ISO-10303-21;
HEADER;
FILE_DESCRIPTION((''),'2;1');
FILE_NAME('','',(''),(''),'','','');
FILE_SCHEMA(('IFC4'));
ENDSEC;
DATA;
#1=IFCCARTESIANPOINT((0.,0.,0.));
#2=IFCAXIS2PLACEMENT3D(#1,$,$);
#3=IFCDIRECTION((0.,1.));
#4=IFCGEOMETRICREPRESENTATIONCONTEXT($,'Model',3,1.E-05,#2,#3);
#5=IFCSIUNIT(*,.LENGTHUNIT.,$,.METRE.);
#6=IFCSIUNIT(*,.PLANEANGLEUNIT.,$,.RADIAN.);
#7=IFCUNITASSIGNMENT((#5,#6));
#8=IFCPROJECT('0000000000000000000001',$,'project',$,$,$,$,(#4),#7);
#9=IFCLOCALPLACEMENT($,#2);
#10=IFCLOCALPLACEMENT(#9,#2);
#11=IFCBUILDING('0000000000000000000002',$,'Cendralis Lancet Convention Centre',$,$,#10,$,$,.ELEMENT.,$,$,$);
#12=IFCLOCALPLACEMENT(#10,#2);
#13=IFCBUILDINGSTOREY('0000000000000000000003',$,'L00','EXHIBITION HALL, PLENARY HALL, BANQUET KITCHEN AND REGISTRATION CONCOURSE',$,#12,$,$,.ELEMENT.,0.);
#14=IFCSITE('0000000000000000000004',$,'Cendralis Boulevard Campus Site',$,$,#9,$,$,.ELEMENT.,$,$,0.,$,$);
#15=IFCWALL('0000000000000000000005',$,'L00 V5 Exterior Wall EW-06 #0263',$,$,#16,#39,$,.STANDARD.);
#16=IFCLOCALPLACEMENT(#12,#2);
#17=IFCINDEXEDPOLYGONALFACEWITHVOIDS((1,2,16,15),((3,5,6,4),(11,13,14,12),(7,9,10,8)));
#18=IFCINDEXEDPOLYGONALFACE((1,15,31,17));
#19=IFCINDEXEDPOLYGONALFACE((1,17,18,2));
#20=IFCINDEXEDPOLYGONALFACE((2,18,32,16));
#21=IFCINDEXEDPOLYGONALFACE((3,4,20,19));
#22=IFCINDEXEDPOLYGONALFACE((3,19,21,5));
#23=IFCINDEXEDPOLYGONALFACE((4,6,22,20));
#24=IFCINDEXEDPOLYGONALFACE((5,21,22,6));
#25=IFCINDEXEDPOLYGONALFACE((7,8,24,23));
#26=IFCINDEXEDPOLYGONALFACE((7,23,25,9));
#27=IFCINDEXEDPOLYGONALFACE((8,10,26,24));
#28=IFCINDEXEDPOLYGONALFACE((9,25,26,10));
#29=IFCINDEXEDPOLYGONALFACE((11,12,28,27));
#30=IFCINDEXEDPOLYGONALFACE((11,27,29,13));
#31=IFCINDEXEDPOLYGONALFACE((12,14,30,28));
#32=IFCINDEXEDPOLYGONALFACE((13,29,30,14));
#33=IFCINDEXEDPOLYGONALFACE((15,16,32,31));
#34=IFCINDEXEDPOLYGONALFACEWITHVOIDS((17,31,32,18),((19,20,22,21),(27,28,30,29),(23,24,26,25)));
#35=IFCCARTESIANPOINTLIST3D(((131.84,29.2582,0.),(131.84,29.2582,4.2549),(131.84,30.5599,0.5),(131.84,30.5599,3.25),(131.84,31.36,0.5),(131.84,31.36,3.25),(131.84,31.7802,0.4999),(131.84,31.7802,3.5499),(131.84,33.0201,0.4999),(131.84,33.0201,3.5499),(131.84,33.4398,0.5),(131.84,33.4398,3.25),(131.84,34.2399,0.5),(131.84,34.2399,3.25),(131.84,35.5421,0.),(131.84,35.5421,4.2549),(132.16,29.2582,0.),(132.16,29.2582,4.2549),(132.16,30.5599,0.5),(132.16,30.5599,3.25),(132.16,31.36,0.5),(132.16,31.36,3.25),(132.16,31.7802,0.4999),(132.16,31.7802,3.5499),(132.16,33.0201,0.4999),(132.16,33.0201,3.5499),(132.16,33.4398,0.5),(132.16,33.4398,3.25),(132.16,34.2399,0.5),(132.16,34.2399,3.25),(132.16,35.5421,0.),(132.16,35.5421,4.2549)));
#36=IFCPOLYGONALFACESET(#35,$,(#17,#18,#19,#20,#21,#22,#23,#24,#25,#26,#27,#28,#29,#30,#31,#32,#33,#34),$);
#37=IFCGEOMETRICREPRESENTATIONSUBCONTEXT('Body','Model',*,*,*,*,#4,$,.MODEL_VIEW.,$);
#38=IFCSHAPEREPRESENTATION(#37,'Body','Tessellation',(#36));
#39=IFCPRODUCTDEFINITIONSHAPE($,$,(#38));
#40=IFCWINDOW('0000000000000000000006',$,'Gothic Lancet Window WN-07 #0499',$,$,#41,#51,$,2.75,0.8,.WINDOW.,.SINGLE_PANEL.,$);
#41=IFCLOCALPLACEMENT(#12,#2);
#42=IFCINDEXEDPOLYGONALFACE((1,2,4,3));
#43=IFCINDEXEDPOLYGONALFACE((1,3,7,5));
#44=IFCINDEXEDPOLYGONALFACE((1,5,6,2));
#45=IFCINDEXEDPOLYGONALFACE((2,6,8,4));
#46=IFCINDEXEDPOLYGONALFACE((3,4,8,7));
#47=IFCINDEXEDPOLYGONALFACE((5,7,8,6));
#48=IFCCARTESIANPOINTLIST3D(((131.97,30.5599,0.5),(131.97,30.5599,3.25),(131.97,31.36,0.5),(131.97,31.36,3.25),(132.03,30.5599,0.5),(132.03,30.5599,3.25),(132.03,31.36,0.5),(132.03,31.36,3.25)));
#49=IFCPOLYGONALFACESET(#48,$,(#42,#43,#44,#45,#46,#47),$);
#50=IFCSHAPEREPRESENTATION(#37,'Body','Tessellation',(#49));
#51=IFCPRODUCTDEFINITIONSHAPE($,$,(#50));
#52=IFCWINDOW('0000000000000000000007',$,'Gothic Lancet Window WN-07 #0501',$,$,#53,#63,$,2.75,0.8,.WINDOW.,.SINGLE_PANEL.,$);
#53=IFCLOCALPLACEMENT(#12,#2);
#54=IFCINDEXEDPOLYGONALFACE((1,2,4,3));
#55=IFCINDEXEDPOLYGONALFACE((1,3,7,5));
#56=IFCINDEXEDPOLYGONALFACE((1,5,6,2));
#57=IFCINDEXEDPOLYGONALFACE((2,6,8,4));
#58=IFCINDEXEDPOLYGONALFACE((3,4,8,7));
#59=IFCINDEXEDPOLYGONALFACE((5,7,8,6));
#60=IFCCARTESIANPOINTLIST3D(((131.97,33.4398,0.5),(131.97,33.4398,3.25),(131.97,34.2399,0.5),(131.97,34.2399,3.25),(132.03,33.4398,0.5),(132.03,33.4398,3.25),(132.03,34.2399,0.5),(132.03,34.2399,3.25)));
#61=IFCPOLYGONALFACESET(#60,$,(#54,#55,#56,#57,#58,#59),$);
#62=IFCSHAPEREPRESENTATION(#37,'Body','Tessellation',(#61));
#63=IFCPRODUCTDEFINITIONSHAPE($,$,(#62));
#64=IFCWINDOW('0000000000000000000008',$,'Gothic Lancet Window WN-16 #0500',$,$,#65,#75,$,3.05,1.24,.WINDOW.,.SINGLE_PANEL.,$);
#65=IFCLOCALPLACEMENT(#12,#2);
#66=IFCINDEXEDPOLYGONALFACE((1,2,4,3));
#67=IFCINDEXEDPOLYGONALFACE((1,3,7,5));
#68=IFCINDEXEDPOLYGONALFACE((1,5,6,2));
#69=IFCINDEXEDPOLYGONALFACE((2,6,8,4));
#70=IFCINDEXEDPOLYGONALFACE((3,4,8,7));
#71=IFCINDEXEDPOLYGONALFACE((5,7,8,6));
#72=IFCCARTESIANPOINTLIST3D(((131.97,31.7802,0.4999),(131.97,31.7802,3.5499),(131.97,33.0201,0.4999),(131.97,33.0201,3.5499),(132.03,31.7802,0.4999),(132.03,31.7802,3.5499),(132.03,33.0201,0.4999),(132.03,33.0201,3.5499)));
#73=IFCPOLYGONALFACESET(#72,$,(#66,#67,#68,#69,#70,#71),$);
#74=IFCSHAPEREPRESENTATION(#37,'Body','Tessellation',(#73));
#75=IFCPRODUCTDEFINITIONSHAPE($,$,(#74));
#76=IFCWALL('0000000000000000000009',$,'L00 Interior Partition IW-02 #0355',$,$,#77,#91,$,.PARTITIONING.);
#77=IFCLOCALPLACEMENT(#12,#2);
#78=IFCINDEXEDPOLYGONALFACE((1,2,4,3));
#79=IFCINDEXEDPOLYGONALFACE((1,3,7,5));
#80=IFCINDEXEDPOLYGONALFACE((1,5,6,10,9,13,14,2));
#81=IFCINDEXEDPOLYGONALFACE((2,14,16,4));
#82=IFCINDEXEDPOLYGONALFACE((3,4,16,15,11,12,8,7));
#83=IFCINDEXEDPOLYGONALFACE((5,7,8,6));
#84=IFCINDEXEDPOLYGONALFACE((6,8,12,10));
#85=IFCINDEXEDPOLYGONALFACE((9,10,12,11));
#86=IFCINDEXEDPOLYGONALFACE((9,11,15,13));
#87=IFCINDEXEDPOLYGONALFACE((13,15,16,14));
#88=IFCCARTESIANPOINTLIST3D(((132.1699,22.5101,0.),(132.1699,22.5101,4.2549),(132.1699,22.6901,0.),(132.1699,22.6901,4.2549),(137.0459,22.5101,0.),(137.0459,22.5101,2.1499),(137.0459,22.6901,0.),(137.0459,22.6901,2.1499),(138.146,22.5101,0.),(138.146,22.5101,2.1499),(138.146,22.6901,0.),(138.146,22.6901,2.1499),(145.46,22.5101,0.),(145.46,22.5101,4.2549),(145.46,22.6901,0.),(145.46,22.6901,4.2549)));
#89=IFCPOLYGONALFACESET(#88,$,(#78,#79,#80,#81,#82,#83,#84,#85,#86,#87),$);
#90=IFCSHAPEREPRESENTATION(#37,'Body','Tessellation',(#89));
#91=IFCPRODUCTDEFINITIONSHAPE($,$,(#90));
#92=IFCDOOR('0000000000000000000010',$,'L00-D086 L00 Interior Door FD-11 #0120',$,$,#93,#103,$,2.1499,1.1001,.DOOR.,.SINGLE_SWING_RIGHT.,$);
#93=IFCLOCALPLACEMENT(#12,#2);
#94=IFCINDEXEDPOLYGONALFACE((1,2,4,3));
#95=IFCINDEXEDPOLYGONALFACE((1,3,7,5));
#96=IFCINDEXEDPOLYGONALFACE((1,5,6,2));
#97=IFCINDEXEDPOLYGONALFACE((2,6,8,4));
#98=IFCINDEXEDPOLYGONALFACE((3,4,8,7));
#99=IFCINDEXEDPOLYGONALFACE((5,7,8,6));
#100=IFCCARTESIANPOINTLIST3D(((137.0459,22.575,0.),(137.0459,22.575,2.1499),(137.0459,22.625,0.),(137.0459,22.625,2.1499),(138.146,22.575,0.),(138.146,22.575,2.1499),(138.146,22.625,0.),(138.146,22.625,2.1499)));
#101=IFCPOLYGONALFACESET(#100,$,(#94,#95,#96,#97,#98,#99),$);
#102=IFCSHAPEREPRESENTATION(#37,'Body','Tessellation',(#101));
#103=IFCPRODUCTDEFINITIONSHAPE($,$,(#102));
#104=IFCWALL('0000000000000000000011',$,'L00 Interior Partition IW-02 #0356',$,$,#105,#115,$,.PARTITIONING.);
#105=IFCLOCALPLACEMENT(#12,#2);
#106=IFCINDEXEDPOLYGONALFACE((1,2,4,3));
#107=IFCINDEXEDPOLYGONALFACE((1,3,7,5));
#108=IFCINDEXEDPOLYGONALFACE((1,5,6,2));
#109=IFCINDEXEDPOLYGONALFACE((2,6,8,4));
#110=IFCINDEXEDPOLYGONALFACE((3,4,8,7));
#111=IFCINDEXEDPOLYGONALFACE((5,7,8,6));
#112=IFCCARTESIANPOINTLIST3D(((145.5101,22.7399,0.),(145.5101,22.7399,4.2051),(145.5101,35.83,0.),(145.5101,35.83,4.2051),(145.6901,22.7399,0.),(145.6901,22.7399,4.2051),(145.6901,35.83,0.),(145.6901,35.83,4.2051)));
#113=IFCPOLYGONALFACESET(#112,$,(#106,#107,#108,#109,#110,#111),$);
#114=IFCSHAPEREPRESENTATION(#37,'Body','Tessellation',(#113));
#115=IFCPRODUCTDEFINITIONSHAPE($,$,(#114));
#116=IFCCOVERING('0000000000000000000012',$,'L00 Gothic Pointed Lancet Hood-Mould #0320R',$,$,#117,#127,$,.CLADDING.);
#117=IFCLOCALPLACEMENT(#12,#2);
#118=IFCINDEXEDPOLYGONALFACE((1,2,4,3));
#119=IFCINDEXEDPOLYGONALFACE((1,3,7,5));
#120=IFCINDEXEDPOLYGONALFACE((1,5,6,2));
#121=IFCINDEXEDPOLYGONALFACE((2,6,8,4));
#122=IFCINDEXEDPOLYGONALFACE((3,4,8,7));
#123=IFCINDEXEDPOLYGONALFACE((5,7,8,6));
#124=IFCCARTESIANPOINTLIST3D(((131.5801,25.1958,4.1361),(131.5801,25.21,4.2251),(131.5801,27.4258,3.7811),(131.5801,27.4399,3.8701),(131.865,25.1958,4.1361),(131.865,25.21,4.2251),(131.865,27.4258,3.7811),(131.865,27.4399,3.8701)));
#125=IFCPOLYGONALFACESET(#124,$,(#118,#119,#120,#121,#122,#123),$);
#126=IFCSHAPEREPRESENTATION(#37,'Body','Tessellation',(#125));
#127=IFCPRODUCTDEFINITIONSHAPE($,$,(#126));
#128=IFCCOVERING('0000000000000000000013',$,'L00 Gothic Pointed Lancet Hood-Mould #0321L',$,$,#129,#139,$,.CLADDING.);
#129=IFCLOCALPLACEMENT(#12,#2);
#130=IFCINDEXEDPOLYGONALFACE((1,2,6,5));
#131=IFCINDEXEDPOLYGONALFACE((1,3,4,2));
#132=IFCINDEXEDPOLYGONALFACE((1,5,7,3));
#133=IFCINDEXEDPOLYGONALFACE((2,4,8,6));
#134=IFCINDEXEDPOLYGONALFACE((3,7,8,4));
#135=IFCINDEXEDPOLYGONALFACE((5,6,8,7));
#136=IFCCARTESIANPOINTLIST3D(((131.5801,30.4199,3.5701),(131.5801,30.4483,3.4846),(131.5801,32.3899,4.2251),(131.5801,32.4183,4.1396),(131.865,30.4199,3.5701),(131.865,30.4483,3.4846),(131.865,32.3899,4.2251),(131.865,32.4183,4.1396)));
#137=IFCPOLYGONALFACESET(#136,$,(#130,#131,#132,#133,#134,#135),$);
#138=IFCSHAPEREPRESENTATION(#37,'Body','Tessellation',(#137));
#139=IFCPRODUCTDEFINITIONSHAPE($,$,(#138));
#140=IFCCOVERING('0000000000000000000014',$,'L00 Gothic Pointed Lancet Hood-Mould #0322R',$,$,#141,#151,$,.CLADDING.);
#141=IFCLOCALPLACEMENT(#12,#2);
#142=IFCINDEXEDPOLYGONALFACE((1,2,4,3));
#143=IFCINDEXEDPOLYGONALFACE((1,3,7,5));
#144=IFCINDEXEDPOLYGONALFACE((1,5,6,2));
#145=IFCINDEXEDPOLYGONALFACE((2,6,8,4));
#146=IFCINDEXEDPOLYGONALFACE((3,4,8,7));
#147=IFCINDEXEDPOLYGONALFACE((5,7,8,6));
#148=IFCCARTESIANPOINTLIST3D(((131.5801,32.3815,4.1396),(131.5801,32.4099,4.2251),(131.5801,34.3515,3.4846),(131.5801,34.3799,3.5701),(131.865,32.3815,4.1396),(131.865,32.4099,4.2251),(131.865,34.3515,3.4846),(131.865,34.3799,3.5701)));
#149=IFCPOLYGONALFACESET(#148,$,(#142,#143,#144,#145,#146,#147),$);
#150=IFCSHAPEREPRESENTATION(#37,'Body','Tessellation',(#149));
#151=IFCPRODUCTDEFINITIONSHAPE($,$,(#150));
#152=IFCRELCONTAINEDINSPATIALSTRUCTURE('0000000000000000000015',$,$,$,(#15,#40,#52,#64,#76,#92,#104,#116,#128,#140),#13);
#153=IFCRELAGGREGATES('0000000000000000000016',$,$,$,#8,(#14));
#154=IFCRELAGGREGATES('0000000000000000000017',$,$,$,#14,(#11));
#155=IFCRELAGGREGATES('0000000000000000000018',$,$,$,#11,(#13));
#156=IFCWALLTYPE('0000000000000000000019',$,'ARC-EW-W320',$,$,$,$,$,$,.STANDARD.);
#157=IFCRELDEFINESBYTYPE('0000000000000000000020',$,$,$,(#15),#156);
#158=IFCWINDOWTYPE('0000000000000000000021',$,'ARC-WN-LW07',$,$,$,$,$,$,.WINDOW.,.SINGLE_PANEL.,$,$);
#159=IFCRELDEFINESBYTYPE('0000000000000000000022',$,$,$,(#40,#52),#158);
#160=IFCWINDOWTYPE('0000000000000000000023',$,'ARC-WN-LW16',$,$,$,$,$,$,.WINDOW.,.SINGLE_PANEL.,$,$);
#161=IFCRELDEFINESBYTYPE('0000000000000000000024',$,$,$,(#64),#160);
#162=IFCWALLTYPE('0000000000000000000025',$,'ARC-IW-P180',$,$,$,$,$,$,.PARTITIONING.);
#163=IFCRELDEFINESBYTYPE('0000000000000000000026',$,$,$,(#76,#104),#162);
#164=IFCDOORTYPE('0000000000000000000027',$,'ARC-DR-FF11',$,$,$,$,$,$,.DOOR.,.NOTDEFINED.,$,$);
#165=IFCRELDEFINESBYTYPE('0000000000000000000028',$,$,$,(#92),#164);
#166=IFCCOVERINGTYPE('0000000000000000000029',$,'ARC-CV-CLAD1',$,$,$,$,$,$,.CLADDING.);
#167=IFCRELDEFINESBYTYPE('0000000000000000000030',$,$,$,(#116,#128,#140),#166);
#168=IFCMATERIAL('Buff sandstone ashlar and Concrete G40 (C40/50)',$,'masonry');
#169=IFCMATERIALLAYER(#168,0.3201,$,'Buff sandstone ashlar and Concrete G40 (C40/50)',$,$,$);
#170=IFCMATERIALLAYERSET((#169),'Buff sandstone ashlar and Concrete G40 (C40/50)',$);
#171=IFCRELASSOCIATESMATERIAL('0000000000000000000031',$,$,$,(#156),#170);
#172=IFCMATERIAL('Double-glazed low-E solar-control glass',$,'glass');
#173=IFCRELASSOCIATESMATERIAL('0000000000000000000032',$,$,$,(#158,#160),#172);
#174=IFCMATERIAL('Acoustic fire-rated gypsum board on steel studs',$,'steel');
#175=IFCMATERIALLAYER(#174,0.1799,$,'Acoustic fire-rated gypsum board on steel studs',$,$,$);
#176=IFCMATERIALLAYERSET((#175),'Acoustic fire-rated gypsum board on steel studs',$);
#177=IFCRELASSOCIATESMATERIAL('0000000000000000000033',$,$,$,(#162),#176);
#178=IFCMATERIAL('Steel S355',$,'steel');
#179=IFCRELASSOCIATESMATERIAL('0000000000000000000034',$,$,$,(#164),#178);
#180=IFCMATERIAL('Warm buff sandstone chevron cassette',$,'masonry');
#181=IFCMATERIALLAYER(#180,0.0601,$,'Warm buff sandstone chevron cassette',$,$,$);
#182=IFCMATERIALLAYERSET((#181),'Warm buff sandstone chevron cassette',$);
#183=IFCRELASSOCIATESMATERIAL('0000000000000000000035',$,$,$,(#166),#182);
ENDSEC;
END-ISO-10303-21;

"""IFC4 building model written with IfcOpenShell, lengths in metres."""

from ifc_helpers import new_model, si_unit, direction, frame, frame_2d, origin, place, context, subcontext, project, spatial, polyline, rectangle, outline, extrude, material, layer, layer_set, type_object, element, fill, save


model = new_model("IFC4")

# Units and contexts
model_context = context("Model", 3, precision=1e-05, world=origin(), true_north=direction((0.0, 1.0)))
body_context = subcontext(model_context, "Body", "Model", "MODEL_VIEW")
ifc_project = project(units=[si_unit("LENGTHUNIT", "METRE"), si_unit("PLANEANGLEUNIT", "RADIAN")], contexts=[model_context])

# Site, building, storey
site_placement = place(None, origin())
site = spatial("IfcSite", under=ifc_project, at=site_placement, Name="Cendralis Boulevard Campus Site", CompositionType="ELEMENT", RefElevation=0.0)
building_placement = place(site_placement, origin())
building = spatial("IfcBuilding", under=site, at=building_placement, Name="Cendralis Lancet Convention Centre", CompositionType="ELEMENT")
storey_placement = place(building_placement, origin())
storey = spatial("IfcBuildingStorey", under=building, at=storey_placement, Name="L00", Description="EXHIBITION HALL, PLENARY HALL, BANQUET KITCHEN AND REGISTRATION CONCOURSE", CompositionType="ELEMENT", Elevation=0.0)

# Wall, openings, windows
ifc_material_1 = material(Name="Buff sandstone ashlar and Concrete G40 (C40/50)", Category="masonry")
ifc_layer_1 = layer(ifc_material_1, 0.3201, Name="Buff sandstone ashlar and Concrete G40 (C40/50)")
ifc_layer_set_1 = layer_set([ifc_layer_1], Name="Buff sandstone ashlar and Concrete G40 (C40/50)")
wall_type_1 = type_object("IfcWallType", Name="ARC-EW-W320", PredefinedType="STANDARD", material=ifc_layer_set_1)
wall_1_placement = place(storey_placement, frame((132.0, 29.2581, 0.0), z_axis=(0.0, 0.0, 1.0), x_axis=(0.0, 1.0, 0.0)))
wall_1 = element("IfcWall", 1, at=wall_1_placement, inside=storey, type_object=wall_type_1, Name="L00 V5 Exterior Wall EW-06 #0263", PredefinedType="STANDARD", context=body_context, shape_type="SweptSolid", body=[
    extrude(rectangle(XDim=6.2839, YDim=0.3201, at=frame_2d((3.1421, 0.0))), origin(), (0.0, 0.0, 1.0), 4.2549),
])
opening_1_placement = place(wall_1_placement, frame((1.302, 0.0, 0.5)))
opening_1 = element("IfcOpeningElement", 2, at=opening_1_placement, cuts=wall_1, PredefinedType="OPENING", context=body_context, shape_type="SweptSolid", body=[
    extrude(rectangle(XDim=0.8, YDim=2.75, at=frame_2d((0.3999, 1.375))), frame((0.0, 0.1699, 0.0), z_axis=(0.0, -1.0, 0.0), x_axis=(1.0, 0.0, 0.0)), (0.0, 0.0, 1.0), 0.3401),
])
opening_2_placement = place(wall_1_placement, frame((2.522, 0.0, 0.5)))
opening_2 = element("IfcOpeningElement", 3, at=opening_2_placement, cuts=wall_1, PredefinedType="OPENING", context=body_context, shape_type="SweptSolid", body=[
    extrude(rectangle(XDim=1.24, YDim=3.05, at=frame_2d((0.6201, 1.5249))), frame((0.0, 0.1699, 0.0), z_axis=(0.0, -1.0, 0.0), x_axis=(1.0, 0.0, 0.0)), (0.0, 0.0, 1.0), 0.3401),
])
opening_3_placement = place(wall_1_placement, frame((4.1819, 0.0, 0.5)))
opening_3 = element("IfcOpeningElement", 4, at=opening_3_placement, cuts=wall_1, PredefinedType="OPENING", context=body_context, shape_type="SweptSolid", body=[
    extrude(rectangle(XDim=0.8, YDim=2.75, at=frame_2d((0.3999, 1.375))), frame((0.0, 0.1699, 0.0), z_axis=(0.0, -1.0, 0.0), x_axis=(1.0, 0.0, 0.0)), (0.0, 0.0, 1.0), 0.3401),
])
ifc_material_2 = material(Name="Double-glazed low-E solar-control glass", Category="glass")
window_type_1 = type_object("IfcWindowType", Name="ARC-WN-LW07", PartitioningType="SINGLE_PANEL", PredefinedType="WINDOW", material=ifc_material_2)
window_1_placement = place(opening_1_placement, origin())
window_1 = element("IfcWindow", 5, at=window_1_placement, inside=storey, type_object=window_type_1, Name="Gothic Lancet Window WN-07 #0499", OverallHeight=2.75, OverallWidth=0.8, PartitioningType="SINGLE_PANEL", PredefinedType="WINDOW", context=body_context, shape_type="SweptSolid", body=[
    extrude(rectangle(XDim=0.8, YDim=2.75, at=frame_2d((0.3999, 1.375))), frame((0.0, 0.03, 0.0), z_axis=(0.0, -1.0, 0.0), x_axis=(1.0, 0.0, 0.0)), (0.0, 0.0, 1.0), 0.0601),
])
fill(opening_1, window_1)
window_2_placement = place(opening_3_placement, origin())
window_2 = element("IfcWindow", 6, at=window_2_placement, inside=storey, type_object=window_type_1, Name="Gothic Lancet Window WN-07 #0501", OverallHeight=2.75, OverallWidth=0.8, PartitioningType="SINGLE_PANEL", PredefinedType="WINDOW", context=body_context, shape_type="SweptSolid", body=[
    extrude(rectangle(XDim=0.8, YDim=2.75, at=frame_2d((0.3999, 1.375))), frame((0.0, 0.03, 0.0), z_axis=(0.0, -1.0, 0.0), x_axis=(1.0, 0.0, 0.0)), (0.0, 0.0, 1.0), 0.0601),
])
fill(opening_3, window_2)
window_type_2 = type_object("IfcWindowType", Name="ARC-WN-LW16", PartitioningType="SINGLE_PANEL", PredefinedType="WINDOW", material=ifc_material_2)
window_3_placement = place(opening_2_placement, origin())
window_3 = element("IfcWindow", 7, at=window_3_placement, inside=storey, type_object=window_type_2, Name="Gothic Lancet Window WN-16 #0500", OverallHeight=3.05, OverallWidth=1.24, PartitioningType="SINGLE_PANEL", PredefinedType="WINDOW", context=body_context, shape_type="SweptSolid", body=[
    extrude(rectangle(XDim=1.24, YDim=3.05, at=frame_2d((0.6201, 1.5249))), frame((0.0, 0.03, 0.0), z_axis=(0.0, -1.0, 0.0), x_axis=(1.0, 0.0, 0.0)), (0.0, 0.0, 1.0), 0.0601),
])
fill(opening_2, window_3)

# Wall, opening, door
ifc_material_3 = material(Name="Acoustic fire-rated gypsum board on steel studs", Category="steel")
ifc_layer_2 = layer(ifc_material_3, 0.1799, Name="Acoustic fire-rated gypsum board on steel studs")
ifc_layer_set_2 = layer_set([ifc_layer_2], Name="Acoustic fire-rated gypsum board on steel studs")
wall_type_2 = type_object("IfcWallType", Name="ARC-IW-P180", PredefinedType="PARTITIONING", material=ifc_layer_set_2)
wall_2_placement = place(storey_placement, frame((132.1699, 22.6001, 0.0), z_axis=(0.0, 0.0, 1.0), x_axis=(1.0, 0.0, 0.0)))
wall_2 = element("IfcWall", 8, at=wall_2_placement, inside=storey, type_object=wall_type_2, Name="L00 Interior Partition IW-02 #0355", PredefinedType="PARTITIONING", context=body_context, shape_type="SweptSolid", body=[
    extrude(rectangle(XDim=13.29, YDim=0.1799, at=frame_2d((6.645, 0.0))), origin(), (0.0, 0.0, 1.0), 4.2549),
])
opening_4_placement = place(wall_2_placement, frame((4.876, 0.0, 0.0)))
opening_4 = element("IfcOpeningElement", 9, at=opening_4_placement, cuts=wall_2, PredefinedType="OPENING", context=body_context, shape_type="SweptSolid", body=[
    extrude(rectangle(XDim=1.1001, YDim=2.1499, at=frame_2d((0.55, 1.075))), frame((0.0, 0.0999, 0.0), z_axis=(0.0, -1.0, 0.0), x_axis=(1.0, 0.0, 0.0)), (0.0, 0.0, 1.0), 0.2),
])
ifc_material_4 = material(Name="Steel S355", Category="steel")
door_type = type_object("IfcDoorType", Name="ARC-DR-FF11", OperationType="NOTDEFINED", PredefinedType="DOOR", material=ifc_material_4)
door_placement = place(opening_4_placement, origin())
door = element("IfcDoor", 10, at=door_placement, inside=storey, type_object=door_type, Name="L00-D086 L00 Interior Door FD-11 #0120", OperationType="SINGLE_SWING_RIGHT", OverallHeight=2.1499, OverallWidth=1.1001, PredefinedType="DOOR", context=body_context, shape_type="SweptSolid", body=[
    extrude(rectangle(XDim=1.1001, YDim=2.1499, at=frame_2d((0.55, 1.075))), frame((0.0, 0.0249, 0.0), z_axis=(0.0, -1.0, 0.0), x_axis=(1.0, 0.0, 0.0)), (0.0, 0.0, 1.0), 0.05),
])
fill(opening_4, door)

# Wall
wall_3_placement = place(storey_placement, frame((145.6001, 22.74, 0.0), z_axis=(0.0, 0.0, 1.0), x_axis=(0.0, 1.0, 0.0)))
element("IfcWall", 11, at=wall_3_placement, inside=storey, type_object=wall_type_2, Name="L00 Interior Partition IW-02 #0356", PredefinedType="PARTITIONING", context=body_context, shape_type="SweptSolid", body=[
    extrude(rectangle(XDim=13.0901, YDim=0.1799, at=frame_2d((6.5449, 0.0))), origin(), (0.0, 0.0, 1.0), 4.2051),
])

# Coverings
ifc_material_5 = material(Name="Warm buff sandstone chevron cassette", Category="masonry")
ifc_layer_3 = layer(ifc_material_5, 0.0601, Name="Warm buff sandstone chevron cassette")
ifc_layer_set_3 = layer_set([ifc_layer_3], Name="Warm buff sandstone chevron cassette")
covering_type = type_object("IfcCoveringType", Name="ARC-CV-CLAD1", PredefinedType="CLADDING", material=ifc_layer_set_3)
covering_placement = place(storey_placement, frame((131.5801, 25.21, 4.2251), z_axis=(0.0, 0.157206, 0.987566), x_axis=(1.0, 0.0, 0.0)))
element("IfcCovering", 12, at=covering_placement, inside=storey, type_object=covering_type, Name="L00 Gothic Pointed Lancet Hood-Mould #0320R", PredefinedType="CLADDING", context=body_context, shape_type="SweptSolid", body=[
    extrude(outline(polyline([(0.0, 0.0), (0.2849, 0.0), (0.2849, 2.2581), (0.0, 2.2581), (0.0, 0.0)])), origin(), (0.0, 0.0, -1.0), 0.0901),
])
for number, where, z_axis, x_axis, name in (
    (13, (131.5801, 30.4199, 3.5701), (0.0, -0.315522, 0.948918), (1.0, 0.0, 0.0), "L00 Gothic Pointed Lancet Hood-Mould #0321L"),
    (14, (131.5801, 32.4099, 4.2251), (0.0, 0.315522, 0.948918), (1.0, 0.0, 0.0), "L00 Gothic Pointed Lancet Hood-Mould #0322R"),
):
    element("IfcCovering", number, at=place(storey_placement, frame(where, z_axis=z_axis, x_axis=x_axis)), inside=storey, type_object=covering_type, Name=name, PredefinedType="CLADDING", context=body_context, shape_type="SweptSolid", body=[
        extrude(outline(polyline([(0.0, 0.0), (0.2849, 0.0), (0.2849, 2.076), (0.0, 2.076), (0.0, 0.0)])), origin(), (0.0, 0.0, -1.0), 0.0901),
    ])

save(model, "model.ifc")
